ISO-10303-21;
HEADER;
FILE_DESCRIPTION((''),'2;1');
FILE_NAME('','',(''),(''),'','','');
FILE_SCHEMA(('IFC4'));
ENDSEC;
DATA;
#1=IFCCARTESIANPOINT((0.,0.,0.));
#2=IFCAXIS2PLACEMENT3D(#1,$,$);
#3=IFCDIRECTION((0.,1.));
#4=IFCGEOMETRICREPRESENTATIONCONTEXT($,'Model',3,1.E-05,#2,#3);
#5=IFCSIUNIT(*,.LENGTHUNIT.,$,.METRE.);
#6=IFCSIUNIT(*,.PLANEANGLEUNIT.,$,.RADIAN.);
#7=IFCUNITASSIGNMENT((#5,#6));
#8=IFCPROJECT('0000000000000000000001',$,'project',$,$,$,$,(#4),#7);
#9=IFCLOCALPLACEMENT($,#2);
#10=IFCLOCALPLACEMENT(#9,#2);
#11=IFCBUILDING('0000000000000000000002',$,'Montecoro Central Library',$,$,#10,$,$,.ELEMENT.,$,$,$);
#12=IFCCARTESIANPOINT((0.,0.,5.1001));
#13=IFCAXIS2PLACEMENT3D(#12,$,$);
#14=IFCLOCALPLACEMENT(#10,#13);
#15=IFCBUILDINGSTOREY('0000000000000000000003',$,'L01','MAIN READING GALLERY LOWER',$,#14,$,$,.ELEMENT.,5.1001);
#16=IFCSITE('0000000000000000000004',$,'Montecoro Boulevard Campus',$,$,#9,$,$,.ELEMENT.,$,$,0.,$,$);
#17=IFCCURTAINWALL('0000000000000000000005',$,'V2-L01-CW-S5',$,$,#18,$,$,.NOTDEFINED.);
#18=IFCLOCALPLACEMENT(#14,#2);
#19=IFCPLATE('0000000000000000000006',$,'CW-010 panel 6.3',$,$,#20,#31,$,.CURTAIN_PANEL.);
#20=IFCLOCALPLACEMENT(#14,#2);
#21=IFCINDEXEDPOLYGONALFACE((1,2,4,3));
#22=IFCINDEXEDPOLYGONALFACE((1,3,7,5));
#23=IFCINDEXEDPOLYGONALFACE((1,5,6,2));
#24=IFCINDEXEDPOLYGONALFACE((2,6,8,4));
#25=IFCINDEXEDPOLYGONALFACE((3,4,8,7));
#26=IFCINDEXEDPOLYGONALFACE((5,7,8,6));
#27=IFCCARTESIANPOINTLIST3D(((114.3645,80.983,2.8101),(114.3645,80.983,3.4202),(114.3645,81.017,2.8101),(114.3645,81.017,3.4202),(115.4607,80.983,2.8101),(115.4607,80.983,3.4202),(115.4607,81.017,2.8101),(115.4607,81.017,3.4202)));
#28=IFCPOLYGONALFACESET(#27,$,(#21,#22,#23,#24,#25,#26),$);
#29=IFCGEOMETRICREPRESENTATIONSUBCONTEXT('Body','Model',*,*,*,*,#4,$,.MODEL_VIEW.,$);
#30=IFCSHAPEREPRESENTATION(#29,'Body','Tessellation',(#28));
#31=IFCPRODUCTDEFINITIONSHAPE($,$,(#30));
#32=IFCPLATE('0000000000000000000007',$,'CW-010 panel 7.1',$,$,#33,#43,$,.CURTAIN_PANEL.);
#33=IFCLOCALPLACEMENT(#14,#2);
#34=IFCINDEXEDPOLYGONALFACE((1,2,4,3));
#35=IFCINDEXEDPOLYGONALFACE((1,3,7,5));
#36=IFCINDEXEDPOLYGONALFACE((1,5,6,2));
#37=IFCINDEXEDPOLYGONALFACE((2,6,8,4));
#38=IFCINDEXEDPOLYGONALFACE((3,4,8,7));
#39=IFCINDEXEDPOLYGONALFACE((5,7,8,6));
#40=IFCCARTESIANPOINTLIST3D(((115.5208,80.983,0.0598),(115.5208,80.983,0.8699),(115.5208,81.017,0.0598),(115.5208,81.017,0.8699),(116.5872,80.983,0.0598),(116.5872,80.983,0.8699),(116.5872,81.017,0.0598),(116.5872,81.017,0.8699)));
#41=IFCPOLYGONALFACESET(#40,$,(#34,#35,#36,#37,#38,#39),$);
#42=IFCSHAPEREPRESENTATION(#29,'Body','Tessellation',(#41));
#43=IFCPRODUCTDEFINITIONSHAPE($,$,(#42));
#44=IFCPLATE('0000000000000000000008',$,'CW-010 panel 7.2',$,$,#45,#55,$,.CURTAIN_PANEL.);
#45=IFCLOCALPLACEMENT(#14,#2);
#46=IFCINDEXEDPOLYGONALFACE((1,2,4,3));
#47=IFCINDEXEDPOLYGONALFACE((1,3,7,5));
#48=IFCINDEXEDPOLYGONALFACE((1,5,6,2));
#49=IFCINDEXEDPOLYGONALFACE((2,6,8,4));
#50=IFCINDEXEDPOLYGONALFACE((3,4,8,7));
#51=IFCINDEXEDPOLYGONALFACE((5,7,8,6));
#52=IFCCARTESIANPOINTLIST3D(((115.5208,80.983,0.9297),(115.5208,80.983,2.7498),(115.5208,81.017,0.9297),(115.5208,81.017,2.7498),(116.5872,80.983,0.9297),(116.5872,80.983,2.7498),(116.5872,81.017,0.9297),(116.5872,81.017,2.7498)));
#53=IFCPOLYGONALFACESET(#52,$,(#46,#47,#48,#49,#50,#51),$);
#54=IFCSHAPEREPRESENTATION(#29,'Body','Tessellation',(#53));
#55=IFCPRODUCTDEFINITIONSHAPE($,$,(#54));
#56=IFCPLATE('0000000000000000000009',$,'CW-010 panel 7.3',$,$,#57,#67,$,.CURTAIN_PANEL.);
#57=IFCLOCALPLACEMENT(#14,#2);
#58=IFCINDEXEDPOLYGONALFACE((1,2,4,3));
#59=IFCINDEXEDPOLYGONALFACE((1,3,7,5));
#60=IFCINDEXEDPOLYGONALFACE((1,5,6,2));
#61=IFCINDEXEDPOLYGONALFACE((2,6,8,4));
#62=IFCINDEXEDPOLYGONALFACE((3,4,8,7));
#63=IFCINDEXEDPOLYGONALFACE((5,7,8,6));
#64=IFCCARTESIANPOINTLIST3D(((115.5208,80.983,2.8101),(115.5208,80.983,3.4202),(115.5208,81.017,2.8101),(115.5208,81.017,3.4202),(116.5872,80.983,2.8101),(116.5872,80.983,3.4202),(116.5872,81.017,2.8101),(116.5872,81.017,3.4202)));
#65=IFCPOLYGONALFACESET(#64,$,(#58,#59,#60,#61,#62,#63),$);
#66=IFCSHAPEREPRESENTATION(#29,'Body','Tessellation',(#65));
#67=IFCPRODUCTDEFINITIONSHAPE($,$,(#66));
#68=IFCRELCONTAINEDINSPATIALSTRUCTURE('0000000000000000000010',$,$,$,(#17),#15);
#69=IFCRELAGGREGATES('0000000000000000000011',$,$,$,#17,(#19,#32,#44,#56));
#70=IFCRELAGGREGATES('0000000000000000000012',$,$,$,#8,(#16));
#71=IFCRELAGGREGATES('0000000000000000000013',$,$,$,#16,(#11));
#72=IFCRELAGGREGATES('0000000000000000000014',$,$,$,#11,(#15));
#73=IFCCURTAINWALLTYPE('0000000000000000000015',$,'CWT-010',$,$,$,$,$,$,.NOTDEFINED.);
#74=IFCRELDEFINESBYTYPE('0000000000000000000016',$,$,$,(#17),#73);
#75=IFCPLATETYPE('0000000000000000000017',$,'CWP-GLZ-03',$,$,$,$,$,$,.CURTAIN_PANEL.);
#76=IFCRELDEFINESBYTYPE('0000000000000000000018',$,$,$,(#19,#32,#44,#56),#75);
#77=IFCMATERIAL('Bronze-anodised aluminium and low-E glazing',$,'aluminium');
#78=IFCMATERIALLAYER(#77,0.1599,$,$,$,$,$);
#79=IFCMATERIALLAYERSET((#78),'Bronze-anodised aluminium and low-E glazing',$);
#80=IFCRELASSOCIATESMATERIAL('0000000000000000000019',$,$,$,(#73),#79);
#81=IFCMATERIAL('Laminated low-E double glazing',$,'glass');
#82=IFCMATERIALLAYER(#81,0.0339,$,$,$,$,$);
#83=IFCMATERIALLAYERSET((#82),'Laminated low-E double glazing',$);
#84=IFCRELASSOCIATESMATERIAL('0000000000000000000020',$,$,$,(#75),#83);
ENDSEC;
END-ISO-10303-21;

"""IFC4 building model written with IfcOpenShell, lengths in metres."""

from ifc_helpers import new_model, si_unit, direction, frame, origin, origin_2d, place, context, subcontext, project, spatial, rectangle, extrude, material, layer, layer_set, type_object, element, aggregate, save


model = new_model("IFC4")

# Units and contexts
model_context = context("Model", 3, precision=1e-05, world=origin(), true_north=direction((0.0, 1.0)))
body_context = subcontext(model_context, "Body", "Model", "MODEL_VIEW")
ifc_project = project(units=[si_unit("LENGTHUNIT", "METRE"), si_unit("PLANEANGLEUNIT", "RADIAN")], contexts=[model_context])

# Site, building, storey
site_placement = place(None, origin())
site = spatial("IfcSite", under=ifc_project, at=site_placement, Name="Montecoro Boulevard Campus", CompositionType="ELEMENT", RefElevation=0.0)
building_placement = place(site_placement, origin())
building = spatial("IfcBuilding", under=site, at=building_placement, Name="Montecoro Central Library", CompositionType="ELEMENT")
storey_placement = place(building_placement, frame((0.0, 0.0, 5.1001)))
storey = spatial("IfcBuildingStorey", under=building, at=storey_placement, Name="L01", Description="MAIN READING GALLERY LOWER", CompositionType="ELEMENT", Elevation=5.1001)

# Curtain wall, plates
ifc_material_1 = material(Name="Bronze-anodised aluminium and low-E glazing", Category="aluminium")
ifc_layer_1 = layer(ifc_material_1, 0.1599)
ifc_layer_set_1 = layer_set([ifc_layer_1], Name="Bronze-anodised aluminium and low-E glazing")
curtain_wall_type = type_object("IfcCurtainWallType", Name="CWT-010", PredefinedType="NOTDEFINED", material=ifc_layer_set_1)
curtain_wall_placement = place(storey_placement, origin())
curtain_wall = element("IfcCurtainWall", 1, at=curtain_wall_placement, inside=storey, type_object=curtain_wall_type, Name="V2-L01-CW-S5", PredefinedType="NOTDEFINED")
ifc_material_2 = material(Name="Laminated low-E double glazing", Category="glass")
ifc_layer_2 = layer(ifc_material_2, 0.0339)
ifc_layer_set_2 = layer_set([ifc_layer_2], Name="Laminated low-E double glazing")
plate_type = type_object("IfcPlateType", Name="CWP-GLZ-03", PredefinedType="CURTAIN_PANEL", material=ifc_layer_set_2)
plate_1_placement = place(storey_placement, frame((114.9126, 81.0, 2.8101), z_axis=(0.0, 0.0, 1.0), x_axis=(1.0, 0.0, 0.0)))
plate_1 = element("IfcPlate", 2, at=plate_1_placement, type_object=plate_type, Name="CW-010 panel 6.3", PredefinedType="CURTAIN_PANEL", context=body_context, shape_type="SweptSolid", body=[
    extrude(rectangle(XDim=1.0962, YDim=0.0339, at=origin_2d()), origin(), (0.0, 0.0, 1.0), 0.6101),
])
plate_2_placement = place(storey_placement, frame((116.054, 81.0, 0.0598), z_axis=(0.0, 0.0, 1.0), x_axis=(1.0, 0.0, 0.0)))
plate_2 = element("IfcPlate", 3, at=plate_2_placement, type_object=plate_type, Name="CW-010 panel 7.1", PredefinedType="CURTAIN_PANEL", context=body_context, shape_type="SweptSolid", body=[
    extrude(rectangle(XDim=1.0664, YDim=0.0339, at=origin_2d()), origin(), (0.0, 0.0, 1.0), 0.8101),
])
plate_3_placement = place(storey_placement, frame((116.054, 81.0, 0.9297), z_axis=(0.0, 0.0, 1.0), x_axis=(1.0, 0.0, 0.0)))
plate_3 = element("IfcPlate", 4, at=plate_3_placement, type_object=plate_type, Name="CW-010 panel 7.2", PredefinedType="CURTAIN_PANEL", context=body_context, shape_type="SweptSolid", body=[
    extrude(rectangle(XDim=1.0664, YDim=0.0339, at=origin_2d()), origin(), (0.0, 0.0, 1.0), 1.8201),
])
plate_4_placement = place(storey_placement, frame((116.054, 81.0, 2.8101), z_axis=(0.0, 0.0, 1.0), x_axis=(1.0, 0.0, 0.0)))
plate_4 = element("IfcPlate", 5, at=plate_4_placement, type_object=plate_type, Name="CW-010 panel 7.3", PredefinedType="CURTAIN_PANEL", context=body_context, shape_type="SweptSolid", body=[
    extrude(rectangle(XDim=1.0664, YDim=0.0339, at=origin_2d()), origin(), (0.0, 0.0, 1.0), 0.6101),
])
aggregate(curtain_wall, [plate_1, plate_2, plate_3, plate_4])

save(model, "model.ifc")
